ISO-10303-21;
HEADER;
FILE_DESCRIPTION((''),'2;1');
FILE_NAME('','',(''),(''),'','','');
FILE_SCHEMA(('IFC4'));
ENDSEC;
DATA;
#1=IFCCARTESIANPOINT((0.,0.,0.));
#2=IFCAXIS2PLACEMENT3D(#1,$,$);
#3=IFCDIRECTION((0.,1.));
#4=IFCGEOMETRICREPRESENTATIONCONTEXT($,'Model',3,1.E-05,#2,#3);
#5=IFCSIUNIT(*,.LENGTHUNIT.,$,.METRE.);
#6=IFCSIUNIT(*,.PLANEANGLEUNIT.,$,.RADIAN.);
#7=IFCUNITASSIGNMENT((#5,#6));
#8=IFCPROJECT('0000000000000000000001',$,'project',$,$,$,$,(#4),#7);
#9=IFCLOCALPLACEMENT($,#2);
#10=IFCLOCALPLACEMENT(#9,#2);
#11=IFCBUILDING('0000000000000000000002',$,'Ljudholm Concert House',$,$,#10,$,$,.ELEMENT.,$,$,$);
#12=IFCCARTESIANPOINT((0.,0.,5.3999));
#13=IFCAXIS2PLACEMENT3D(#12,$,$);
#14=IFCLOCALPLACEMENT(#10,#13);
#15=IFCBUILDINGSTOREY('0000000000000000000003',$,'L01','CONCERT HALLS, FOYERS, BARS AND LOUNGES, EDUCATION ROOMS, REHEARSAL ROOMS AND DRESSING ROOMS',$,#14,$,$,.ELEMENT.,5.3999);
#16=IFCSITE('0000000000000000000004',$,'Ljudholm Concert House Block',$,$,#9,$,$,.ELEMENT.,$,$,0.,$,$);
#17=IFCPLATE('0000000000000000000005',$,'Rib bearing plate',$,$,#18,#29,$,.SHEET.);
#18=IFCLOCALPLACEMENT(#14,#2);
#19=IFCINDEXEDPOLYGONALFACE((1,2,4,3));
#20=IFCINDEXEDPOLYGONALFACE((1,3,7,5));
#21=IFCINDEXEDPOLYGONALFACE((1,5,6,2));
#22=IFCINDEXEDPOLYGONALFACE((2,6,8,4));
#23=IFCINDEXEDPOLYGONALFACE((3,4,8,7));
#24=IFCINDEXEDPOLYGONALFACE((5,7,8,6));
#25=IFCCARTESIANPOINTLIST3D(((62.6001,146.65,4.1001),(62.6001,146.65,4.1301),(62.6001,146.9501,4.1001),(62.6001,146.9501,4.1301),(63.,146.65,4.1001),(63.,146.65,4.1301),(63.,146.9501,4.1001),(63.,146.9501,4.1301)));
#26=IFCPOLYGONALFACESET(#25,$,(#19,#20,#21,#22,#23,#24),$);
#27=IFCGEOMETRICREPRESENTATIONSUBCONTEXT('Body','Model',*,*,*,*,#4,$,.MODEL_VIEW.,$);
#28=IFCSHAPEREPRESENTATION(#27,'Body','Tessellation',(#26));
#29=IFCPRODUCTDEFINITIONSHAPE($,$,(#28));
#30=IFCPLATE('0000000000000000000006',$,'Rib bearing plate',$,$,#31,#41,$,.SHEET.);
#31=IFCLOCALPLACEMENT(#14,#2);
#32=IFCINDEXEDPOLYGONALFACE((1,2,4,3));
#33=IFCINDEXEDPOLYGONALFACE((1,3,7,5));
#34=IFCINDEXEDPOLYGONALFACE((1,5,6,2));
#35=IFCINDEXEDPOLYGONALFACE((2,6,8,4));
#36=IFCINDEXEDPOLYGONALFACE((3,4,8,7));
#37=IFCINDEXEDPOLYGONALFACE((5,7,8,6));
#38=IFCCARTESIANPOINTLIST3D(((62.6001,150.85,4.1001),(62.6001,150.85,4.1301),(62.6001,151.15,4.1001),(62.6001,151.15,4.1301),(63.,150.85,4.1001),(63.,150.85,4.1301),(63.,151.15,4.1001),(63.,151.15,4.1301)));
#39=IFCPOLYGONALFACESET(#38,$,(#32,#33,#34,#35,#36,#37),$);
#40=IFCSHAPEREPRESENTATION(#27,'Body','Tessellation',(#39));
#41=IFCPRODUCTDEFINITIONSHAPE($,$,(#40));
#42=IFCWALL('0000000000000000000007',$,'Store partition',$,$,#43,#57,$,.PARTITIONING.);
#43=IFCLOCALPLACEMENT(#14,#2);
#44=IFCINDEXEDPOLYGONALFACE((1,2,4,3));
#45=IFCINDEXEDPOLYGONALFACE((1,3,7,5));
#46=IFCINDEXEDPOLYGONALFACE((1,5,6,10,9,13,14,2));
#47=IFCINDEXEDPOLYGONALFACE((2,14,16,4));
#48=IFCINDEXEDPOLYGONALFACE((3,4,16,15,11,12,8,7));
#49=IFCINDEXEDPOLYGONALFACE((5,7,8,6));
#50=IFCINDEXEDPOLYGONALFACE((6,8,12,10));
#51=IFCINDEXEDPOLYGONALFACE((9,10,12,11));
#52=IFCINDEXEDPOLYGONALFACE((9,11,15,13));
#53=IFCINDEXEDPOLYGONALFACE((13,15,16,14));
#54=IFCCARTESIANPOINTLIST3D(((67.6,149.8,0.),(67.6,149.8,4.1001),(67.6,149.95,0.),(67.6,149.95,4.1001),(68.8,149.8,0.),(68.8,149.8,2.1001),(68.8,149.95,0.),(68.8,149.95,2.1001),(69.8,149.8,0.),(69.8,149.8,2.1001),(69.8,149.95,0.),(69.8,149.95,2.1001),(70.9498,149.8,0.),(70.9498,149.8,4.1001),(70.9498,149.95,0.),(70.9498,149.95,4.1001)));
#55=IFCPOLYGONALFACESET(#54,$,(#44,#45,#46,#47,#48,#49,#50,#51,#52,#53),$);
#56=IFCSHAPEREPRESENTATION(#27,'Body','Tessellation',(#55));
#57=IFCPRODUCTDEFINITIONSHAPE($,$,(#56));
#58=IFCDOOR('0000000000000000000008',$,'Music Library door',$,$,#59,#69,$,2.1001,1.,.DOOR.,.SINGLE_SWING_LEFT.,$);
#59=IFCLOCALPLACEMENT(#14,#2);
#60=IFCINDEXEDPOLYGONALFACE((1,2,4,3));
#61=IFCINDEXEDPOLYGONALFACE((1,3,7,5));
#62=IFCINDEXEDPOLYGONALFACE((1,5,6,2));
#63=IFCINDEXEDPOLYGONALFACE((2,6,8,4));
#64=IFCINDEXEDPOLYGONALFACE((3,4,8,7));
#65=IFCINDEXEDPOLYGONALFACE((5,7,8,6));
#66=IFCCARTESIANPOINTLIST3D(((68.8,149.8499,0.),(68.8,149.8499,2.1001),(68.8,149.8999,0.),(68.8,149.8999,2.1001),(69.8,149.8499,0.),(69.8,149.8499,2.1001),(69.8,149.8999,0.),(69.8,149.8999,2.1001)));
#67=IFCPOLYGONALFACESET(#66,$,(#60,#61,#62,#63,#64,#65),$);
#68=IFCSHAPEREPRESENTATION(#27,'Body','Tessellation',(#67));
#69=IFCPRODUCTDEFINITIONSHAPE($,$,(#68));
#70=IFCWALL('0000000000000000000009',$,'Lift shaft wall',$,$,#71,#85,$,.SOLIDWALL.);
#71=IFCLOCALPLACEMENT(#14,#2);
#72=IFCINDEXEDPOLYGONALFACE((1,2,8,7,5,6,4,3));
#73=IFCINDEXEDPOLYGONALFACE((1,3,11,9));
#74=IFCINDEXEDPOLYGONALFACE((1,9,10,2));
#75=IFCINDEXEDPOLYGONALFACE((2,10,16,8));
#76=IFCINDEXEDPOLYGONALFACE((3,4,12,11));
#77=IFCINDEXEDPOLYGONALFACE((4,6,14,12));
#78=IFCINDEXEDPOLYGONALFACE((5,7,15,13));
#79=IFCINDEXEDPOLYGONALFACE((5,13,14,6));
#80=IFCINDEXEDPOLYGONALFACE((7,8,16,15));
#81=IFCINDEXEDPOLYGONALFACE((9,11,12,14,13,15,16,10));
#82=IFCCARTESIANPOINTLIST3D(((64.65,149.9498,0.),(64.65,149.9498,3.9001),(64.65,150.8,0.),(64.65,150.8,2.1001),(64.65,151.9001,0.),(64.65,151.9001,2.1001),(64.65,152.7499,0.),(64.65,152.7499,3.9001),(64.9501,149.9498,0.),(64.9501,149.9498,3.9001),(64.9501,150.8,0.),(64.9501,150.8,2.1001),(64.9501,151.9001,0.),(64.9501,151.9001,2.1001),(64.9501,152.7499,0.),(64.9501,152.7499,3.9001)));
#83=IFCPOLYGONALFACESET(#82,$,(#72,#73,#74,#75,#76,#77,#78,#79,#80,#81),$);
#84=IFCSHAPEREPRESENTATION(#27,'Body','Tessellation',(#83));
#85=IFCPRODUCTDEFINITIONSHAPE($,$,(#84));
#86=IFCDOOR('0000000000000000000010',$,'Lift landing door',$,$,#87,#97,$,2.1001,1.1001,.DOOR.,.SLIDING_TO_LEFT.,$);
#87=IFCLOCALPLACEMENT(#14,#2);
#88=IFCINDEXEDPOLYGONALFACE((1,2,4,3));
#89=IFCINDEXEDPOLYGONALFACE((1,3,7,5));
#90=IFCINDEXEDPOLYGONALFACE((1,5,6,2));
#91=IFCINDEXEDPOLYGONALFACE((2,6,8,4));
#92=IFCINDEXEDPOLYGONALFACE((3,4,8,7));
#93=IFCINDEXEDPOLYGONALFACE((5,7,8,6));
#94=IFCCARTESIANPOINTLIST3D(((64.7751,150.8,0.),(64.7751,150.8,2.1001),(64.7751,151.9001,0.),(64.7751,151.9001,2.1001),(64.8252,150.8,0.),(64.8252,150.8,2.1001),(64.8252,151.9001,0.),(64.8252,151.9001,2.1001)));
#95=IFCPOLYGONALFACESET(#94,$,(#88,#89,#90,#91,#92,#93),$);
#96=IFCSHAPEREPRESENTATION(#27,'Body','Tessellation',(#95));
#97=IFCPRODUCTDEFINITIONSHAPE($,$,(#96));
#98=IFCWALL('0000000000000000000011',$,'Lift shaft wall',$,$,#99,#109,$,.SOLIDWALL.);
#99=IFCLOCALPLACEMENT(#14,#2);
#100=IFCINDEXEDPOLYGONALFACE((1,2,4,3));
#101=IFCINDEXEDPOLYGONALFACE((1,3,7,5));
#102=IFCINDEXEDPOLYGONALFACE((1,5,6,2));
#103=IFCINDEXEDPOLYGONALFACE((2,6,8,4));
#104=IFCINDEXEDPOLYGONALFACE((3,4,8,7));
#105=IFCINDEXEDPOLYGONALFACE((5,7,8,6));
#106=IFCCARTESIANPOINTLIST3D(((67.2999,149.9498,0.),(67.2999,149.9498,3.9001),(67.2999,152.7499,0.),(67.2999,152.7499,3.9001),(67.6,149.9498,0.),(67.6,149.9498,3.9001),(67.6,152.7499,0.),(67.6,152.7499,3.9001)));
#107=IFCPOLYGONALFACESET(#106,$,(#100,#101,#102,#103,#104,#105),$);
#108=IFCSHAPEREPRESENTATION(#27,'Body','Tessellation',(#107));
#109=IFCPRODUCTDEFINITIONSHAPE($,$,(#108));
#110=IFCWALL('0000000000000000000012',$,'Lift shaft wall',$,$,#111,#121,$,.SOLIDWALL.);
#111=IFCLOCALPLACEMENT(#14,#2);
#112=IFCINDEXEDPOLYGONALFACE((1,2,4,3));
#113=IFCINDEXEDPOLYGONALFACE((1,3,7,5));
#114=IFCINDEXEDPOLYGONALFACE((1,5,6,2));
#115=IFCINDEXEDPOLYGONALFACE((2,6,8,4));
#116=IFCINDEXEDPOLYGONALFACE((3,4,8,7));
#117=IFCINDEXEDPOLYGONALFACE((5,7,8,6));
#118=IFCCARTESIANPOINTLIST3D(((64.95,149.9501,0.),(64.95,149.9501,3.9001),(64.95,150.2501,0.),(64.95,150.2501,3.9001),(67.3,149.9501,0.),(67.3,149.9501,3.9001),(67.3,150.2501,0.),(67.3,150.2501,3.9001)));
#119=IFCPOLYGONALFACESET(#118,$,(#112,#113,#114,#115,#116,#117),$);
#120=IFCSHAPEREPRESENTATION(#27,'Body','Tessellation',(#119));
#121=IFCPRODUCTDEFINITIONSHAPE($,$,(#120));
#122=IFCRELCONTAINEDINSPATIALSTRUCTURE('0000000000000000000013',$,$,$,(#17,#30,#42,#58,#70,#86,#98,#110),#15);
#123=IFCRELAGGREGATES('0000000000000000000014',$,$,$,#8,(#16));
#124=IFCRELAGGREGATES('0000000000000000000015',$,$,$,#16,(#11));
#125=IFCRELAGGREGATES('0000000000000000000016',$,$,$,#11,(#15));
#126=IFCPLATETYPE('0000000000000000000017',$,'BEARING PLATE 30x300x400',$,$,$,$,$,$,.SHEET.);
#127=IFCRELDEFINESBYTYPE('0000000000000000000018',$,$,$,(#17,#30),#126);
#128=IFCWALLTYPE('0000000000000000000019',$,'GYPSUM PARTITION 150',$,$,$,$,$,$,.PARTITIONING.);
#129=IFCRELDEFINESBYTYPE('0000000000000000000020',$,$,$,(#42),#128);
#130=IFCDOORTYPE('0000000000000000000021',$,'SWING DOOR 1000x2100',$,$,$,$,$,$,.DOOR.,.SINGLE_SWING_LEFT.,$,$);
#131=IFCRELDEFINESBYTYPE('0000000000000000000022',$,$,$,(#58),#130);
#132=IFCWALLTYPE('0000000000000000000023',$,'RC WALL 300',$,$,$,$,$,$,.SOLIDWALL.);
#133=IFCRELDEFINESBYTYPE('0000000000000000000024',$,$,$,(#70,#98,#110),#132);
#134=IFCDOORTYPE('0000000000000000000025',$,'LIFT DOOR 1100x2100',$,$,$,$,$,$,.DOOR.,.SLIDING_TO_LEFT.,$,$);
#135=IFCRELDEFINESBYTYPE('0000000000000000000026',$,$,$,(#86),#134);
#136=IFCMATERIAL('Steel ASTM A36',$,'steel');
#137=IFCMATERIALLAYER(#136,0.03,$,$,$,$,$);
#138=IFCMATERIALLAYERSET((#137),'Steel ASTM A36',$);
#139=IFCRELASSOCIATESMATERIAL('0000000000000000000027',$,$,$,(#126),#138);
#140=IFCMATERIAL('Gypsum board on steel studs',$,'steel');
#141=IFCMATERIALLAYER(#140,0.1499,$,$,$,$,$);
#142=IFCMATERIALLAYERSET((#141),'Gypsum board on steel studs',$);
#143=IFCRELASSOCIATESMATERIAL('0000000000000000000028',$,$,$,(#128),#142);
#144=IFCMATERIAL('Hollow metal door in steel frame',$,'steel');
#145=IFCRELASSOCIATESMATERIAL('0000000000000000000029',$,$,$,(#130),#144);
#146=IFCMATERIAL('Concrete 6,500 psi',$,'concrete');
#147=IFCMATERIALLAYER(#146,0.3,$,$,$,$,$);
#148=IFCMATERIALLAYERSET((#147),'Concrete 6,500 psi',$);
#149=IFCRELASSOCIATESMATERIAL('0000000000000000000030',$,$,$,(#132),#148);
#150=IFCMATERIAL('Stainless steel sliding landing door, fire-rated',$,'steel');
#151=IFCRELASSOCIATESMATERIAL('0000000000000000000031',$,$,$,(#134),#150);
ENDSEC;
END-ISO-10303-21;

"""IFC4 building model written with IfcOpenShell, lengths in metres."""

from ifc_helpers import new_model, si_unit, direction, frame, frame_2d, origin, origin_2d, place, context, subcontext, project, spatial, rectangle, extrude, material, layer, layer_set, type_object, element, fill, save


model = new_model("IFC4")

# Units and contexts
model_context = context("Model", 3, precision=1e-05, world=origin(), true_north=direction((0.0, 1.0)))
body_context = subcontext(model_context, "Body", "Model", "MODEL_VIEW")
ifc_project = project(units=[si_unit("LENGTHUNIT", "METRE"), si_unit("PLANEANGLEUNIT", "RADIAN")], contexts=[model_context])

# Site, building, storey
site_placement = place(None, origin())
site = spatial("IfcSite", under=ifc_project, at=site_placement, Name="Ljudholm Concert House Block", CompositionType="ELEMENT", RefElevation=0.0)
building_placement = place(site_placement, origin())
building = spatial("IfcBuilding", under=site, at=building_placement, Name="Ljudholm Concert House", CompositionType="ELEMENT")
storey_placement = place(building_placement, frame((0.0, 0.0, 5.3999)))
storey = spatial("IfcBuildingStorey", under=building, at=storey_placement, Name="L01", Description="CONCERT HALLS, FOYERS, BARS AND LOUNGES, EDUCATION ROOMS, REHEARSAL ROOMS AND DRESSING ROOMS", CompositionType="ELEMENT", Elevation=5.3999)

# Plates
ifc_material_1 = material(Name="Steel ASTM A36", Category="steel")
ifc_layer_1 = layer(ifc_material_1, 0.03)
ifc_layer_set_1 = layer_set([ifc_layer_1], Name="Steel ASTM A36")
plate_type = type_object("IfcPlateType", Name="BEARING PLATE 30x300x400", PredefinedType="SHEET", material=ifc_layer_set_1)
for number, where, z_axis, x_axis, name in (
    (1, (62.8, 146.8, 4.1001), (0.0, 0.0, 1.0), (1.0, 0.0, 0.0), "Rib bearing plate"),
    (2, (62.8, 151.0, 4.1001), (0.0, 0.0, 1.0), (1.0, 0.0, 0.0), "Rib bearing plate"),
):
    element("IfcPlate", number, at=place(storey_placement, frame(where, z_axis=z_axis, x_axis=x_axis)), inside=storey, type_object=plate_type, Name=name, PredefinedType="SHEET", context=body_context, shape_type="SweptSolid", body=[
        extrude(rectangle(XDim=0.3999, YDim=0.3, at=origin_2d()), origin(), (0.0, 0.0, 1.0), 0.03),
    ])

# Walls, openings, doors
ifc_material_2 = material(Name="Gypsum board on steel studs", Category="steel")
ifc_layer_2 = layer(ifc_material_2, 0.1499)
ifc_layer_set_2 = layer_set([ifc_layer_2], Name="Gypsum board on steel studs")
wall_type_1 = type_object("IfcWallType", Name="GYPSUM PARTITION 150", PredefinedType="PARTITIONING", material=ifc_layer_set_2)
wall_1_placement = place(storey_placement, frame((67.6001, 149.875, 0.0), z_axis=(0.0, 0.0, 1.0), x_axis=(1.0, 0.0, 0.0)))
wall_1 = element("IfcWall", 3, at=wall_1_placement, inside=storey, type_object=wall_type_1, Name="Store partition", PredefinedType="PARTITIONING", context=body_context, shape_type="SweptSolid", body=[
    extrude(rectangle(XDim=3.3499, YDim=0.1499, at=frame_2d((1.6748, 0.0))), origin(), (0.0, 0.0, 1.0), 4.1001),
])
opening_1_placement = place(wall_1_placement, frame((1.2, 0.0, 0.0)))
opening_1 = element("IfcOpeningElement", 4, at=opening_1_placement, cuts=wall_1, PredefinedType="OPENING", context=body_context, shape_type="SweptSolid", body=[
    extrude(rectangle(XDim=1.0, YDim=2.1001, at=frame_2d((0.5, 1.05))), frame((0.0, 0.085, 0.0), z_axis=(0.0, -1.0, 0.0), x_axis=(1.0, 0.0, 0.0)), (0.0, 0.0, 1.0), 0.1699),
])
ifc_material_3 = material(Name="Hollow metal door in steel frame", Category="steel")
door_type_1 = type_object("IfcDoorType", Name="SWING DOOR 1000x2100", OperationType="SINGLE_SWING_LEFT", PredefinedType="DOOR", material=ifc_material_3)
door_1_placement = place(opening_1_placement, origin())
door_1 = element("IfcDoor", 5, at=door_1_placement, inside=storey, type_object=door_type_1, Name="Music Library door", OperationType="SINGLE_SWING_LEFT", OverallHeight=2.1001, OverallWidth=1.0, PredefinedType="DOOR", context=body_context, shape_type="SweptSolid", body=[
    extrude(rectangle(XDim=1.0, YDim=2.1001, at=frame_2d((0.5, 1.05))), frame((0.0, 0.0249, 0.0), z_axis=(0.0, -1.0, 0.0), x_axis=(1.0, 0.0, 0.0)), (0.0, 0.0, 1.0), 0.05),
])
fill(opening_1, door_1)
ifc_material_4 = material(Name="Concrete 6,500 psi", Category="concrete")
ifc_layer_3 = layer(ifc_material_4, 0.3)
ifc_layer_set_3 = layer_set([ifc_layer_3], Name="Concrete 6,500 psi")
wall_type_2 = type_object("IfcWallType", Name="RC WALL 300", PredefinedType="SOLIDWALL", material=ifc_layer_set_3)
wall_2_placement = place(storey_placement, frame((64.8, 149.95, 0.0), z_axis=(0.0, 0.0, 1.0), x_axis=(0.0, 1.0, 0.0)))
wall_2 = element("IfcWall", 6, at=wall_2_placement, inside=storey, type_object=wall_type_2, Name="Lift shaft wall", PredefinedType="SOLIDWALL", context=body_context, shape_type="SweptSolid", body=[
    extrude(rectangle(XDim=2.8, YDim=0.3, at=frame_2d((1.3999, 0.0))), origin(), (0.0, 0.0, 1.0), 3.9001),
])
opening_2_placement = place(wall_2_placement, frame((0.8501, 0.0, 0.0)))
opening_2 = element("IfcOpeningElement", 7, at=opening_2_placement, cuts=wall_2, PredefinedType="OPENING", context=body_context, shape_type="SweptSolid", body=[
    extrude(rectangle(XDim=1.1001, YDim=2.1001, at=frame_2d((0.55, 1.05))), frame((0.0, 0.1599, 0.0), z_axis=(0.0, -1.0, 0.0), x_axis=(1.0, 0.0, 0.0)), (0.0, 0.0, 1.0), 0.3201),
])
ifc_material_5 = material(Name="Stainless steel sliding landing door, fire-rated", Category="steel")
door_type_2 = type_object("IfcDoorType", Name="LIFT DOOR 1100x2100", OperationType="SLIDING_TO_LEFT", PredefinedType="DOOR", material=ifc_material_5)
door_2_placement = place(opening_2_placement, origin())
door_2 = element("IfcDoor", 8, at=door_2_placement, inside=storey, type_object=door_type_2, Name="Lift landing door", OperationType="SLIDING_TO_LEFT", OverallHeight=2.1001, OverallWidth=1.1001, PredefinedType="DOOR", context=body_context, shape_type="SweptSolid", body=[
    extrude(rectangle(XDim=1.1001, YDim=2.1001, at=frame_2d((0.55, 1.05))), frame((0.0, 0.0249, 0.0), z_axis=(0.0, -1.0, 0.0), x_axis=(1.0, 0.0, 0.0)), (0.0, 0.0, 1.0), 0.05),
])
fill(opening_2, door_2)

# Walls
wall_3_placement = place(storey_placement, frame((67.45, 149.95, 0.0), z_axis=(0.0, 0.0, 1.0), x_axis=(0.0, 1.0, 0.0)))
element("IfcWall", 9, at=wall_3_placement, inside=storey, type_object=wall_type_2, Name="Lift shaft wall", PredefinedType="SOLIDWALL", context=body_context, shape_type="SweptSolid", body=[
    extrude(rectangle(XDim=2.8, YDim=0.3, at=frame_2d((1.3999, 0.0))), origin(), (0.0, 0.0, 1.0), 3.9001),
])
wall_4_placement = place(storey_placement, frame((64.95, 150.1001, 0.0), z_axis=(0.0, 0.0, 1.0), x_axis=(1.0, 0.0, 0.0)))
element("IfcWall", 10, at=wall_4_placement, inside=storey, type_object=wall_type_2, Name="Lift shaft wall", PredefinedType="SOLIDWALL", context=body_context, shape_type="SweptSolid", body=[
    extrude(rectangle(XDim=2.3501, YDim=0.3, at=frame_2d((1.175, 0.0))), origin(), (0.0, 0.0, 1.0), 3.9001),
])

save(model, "model.ifc")
